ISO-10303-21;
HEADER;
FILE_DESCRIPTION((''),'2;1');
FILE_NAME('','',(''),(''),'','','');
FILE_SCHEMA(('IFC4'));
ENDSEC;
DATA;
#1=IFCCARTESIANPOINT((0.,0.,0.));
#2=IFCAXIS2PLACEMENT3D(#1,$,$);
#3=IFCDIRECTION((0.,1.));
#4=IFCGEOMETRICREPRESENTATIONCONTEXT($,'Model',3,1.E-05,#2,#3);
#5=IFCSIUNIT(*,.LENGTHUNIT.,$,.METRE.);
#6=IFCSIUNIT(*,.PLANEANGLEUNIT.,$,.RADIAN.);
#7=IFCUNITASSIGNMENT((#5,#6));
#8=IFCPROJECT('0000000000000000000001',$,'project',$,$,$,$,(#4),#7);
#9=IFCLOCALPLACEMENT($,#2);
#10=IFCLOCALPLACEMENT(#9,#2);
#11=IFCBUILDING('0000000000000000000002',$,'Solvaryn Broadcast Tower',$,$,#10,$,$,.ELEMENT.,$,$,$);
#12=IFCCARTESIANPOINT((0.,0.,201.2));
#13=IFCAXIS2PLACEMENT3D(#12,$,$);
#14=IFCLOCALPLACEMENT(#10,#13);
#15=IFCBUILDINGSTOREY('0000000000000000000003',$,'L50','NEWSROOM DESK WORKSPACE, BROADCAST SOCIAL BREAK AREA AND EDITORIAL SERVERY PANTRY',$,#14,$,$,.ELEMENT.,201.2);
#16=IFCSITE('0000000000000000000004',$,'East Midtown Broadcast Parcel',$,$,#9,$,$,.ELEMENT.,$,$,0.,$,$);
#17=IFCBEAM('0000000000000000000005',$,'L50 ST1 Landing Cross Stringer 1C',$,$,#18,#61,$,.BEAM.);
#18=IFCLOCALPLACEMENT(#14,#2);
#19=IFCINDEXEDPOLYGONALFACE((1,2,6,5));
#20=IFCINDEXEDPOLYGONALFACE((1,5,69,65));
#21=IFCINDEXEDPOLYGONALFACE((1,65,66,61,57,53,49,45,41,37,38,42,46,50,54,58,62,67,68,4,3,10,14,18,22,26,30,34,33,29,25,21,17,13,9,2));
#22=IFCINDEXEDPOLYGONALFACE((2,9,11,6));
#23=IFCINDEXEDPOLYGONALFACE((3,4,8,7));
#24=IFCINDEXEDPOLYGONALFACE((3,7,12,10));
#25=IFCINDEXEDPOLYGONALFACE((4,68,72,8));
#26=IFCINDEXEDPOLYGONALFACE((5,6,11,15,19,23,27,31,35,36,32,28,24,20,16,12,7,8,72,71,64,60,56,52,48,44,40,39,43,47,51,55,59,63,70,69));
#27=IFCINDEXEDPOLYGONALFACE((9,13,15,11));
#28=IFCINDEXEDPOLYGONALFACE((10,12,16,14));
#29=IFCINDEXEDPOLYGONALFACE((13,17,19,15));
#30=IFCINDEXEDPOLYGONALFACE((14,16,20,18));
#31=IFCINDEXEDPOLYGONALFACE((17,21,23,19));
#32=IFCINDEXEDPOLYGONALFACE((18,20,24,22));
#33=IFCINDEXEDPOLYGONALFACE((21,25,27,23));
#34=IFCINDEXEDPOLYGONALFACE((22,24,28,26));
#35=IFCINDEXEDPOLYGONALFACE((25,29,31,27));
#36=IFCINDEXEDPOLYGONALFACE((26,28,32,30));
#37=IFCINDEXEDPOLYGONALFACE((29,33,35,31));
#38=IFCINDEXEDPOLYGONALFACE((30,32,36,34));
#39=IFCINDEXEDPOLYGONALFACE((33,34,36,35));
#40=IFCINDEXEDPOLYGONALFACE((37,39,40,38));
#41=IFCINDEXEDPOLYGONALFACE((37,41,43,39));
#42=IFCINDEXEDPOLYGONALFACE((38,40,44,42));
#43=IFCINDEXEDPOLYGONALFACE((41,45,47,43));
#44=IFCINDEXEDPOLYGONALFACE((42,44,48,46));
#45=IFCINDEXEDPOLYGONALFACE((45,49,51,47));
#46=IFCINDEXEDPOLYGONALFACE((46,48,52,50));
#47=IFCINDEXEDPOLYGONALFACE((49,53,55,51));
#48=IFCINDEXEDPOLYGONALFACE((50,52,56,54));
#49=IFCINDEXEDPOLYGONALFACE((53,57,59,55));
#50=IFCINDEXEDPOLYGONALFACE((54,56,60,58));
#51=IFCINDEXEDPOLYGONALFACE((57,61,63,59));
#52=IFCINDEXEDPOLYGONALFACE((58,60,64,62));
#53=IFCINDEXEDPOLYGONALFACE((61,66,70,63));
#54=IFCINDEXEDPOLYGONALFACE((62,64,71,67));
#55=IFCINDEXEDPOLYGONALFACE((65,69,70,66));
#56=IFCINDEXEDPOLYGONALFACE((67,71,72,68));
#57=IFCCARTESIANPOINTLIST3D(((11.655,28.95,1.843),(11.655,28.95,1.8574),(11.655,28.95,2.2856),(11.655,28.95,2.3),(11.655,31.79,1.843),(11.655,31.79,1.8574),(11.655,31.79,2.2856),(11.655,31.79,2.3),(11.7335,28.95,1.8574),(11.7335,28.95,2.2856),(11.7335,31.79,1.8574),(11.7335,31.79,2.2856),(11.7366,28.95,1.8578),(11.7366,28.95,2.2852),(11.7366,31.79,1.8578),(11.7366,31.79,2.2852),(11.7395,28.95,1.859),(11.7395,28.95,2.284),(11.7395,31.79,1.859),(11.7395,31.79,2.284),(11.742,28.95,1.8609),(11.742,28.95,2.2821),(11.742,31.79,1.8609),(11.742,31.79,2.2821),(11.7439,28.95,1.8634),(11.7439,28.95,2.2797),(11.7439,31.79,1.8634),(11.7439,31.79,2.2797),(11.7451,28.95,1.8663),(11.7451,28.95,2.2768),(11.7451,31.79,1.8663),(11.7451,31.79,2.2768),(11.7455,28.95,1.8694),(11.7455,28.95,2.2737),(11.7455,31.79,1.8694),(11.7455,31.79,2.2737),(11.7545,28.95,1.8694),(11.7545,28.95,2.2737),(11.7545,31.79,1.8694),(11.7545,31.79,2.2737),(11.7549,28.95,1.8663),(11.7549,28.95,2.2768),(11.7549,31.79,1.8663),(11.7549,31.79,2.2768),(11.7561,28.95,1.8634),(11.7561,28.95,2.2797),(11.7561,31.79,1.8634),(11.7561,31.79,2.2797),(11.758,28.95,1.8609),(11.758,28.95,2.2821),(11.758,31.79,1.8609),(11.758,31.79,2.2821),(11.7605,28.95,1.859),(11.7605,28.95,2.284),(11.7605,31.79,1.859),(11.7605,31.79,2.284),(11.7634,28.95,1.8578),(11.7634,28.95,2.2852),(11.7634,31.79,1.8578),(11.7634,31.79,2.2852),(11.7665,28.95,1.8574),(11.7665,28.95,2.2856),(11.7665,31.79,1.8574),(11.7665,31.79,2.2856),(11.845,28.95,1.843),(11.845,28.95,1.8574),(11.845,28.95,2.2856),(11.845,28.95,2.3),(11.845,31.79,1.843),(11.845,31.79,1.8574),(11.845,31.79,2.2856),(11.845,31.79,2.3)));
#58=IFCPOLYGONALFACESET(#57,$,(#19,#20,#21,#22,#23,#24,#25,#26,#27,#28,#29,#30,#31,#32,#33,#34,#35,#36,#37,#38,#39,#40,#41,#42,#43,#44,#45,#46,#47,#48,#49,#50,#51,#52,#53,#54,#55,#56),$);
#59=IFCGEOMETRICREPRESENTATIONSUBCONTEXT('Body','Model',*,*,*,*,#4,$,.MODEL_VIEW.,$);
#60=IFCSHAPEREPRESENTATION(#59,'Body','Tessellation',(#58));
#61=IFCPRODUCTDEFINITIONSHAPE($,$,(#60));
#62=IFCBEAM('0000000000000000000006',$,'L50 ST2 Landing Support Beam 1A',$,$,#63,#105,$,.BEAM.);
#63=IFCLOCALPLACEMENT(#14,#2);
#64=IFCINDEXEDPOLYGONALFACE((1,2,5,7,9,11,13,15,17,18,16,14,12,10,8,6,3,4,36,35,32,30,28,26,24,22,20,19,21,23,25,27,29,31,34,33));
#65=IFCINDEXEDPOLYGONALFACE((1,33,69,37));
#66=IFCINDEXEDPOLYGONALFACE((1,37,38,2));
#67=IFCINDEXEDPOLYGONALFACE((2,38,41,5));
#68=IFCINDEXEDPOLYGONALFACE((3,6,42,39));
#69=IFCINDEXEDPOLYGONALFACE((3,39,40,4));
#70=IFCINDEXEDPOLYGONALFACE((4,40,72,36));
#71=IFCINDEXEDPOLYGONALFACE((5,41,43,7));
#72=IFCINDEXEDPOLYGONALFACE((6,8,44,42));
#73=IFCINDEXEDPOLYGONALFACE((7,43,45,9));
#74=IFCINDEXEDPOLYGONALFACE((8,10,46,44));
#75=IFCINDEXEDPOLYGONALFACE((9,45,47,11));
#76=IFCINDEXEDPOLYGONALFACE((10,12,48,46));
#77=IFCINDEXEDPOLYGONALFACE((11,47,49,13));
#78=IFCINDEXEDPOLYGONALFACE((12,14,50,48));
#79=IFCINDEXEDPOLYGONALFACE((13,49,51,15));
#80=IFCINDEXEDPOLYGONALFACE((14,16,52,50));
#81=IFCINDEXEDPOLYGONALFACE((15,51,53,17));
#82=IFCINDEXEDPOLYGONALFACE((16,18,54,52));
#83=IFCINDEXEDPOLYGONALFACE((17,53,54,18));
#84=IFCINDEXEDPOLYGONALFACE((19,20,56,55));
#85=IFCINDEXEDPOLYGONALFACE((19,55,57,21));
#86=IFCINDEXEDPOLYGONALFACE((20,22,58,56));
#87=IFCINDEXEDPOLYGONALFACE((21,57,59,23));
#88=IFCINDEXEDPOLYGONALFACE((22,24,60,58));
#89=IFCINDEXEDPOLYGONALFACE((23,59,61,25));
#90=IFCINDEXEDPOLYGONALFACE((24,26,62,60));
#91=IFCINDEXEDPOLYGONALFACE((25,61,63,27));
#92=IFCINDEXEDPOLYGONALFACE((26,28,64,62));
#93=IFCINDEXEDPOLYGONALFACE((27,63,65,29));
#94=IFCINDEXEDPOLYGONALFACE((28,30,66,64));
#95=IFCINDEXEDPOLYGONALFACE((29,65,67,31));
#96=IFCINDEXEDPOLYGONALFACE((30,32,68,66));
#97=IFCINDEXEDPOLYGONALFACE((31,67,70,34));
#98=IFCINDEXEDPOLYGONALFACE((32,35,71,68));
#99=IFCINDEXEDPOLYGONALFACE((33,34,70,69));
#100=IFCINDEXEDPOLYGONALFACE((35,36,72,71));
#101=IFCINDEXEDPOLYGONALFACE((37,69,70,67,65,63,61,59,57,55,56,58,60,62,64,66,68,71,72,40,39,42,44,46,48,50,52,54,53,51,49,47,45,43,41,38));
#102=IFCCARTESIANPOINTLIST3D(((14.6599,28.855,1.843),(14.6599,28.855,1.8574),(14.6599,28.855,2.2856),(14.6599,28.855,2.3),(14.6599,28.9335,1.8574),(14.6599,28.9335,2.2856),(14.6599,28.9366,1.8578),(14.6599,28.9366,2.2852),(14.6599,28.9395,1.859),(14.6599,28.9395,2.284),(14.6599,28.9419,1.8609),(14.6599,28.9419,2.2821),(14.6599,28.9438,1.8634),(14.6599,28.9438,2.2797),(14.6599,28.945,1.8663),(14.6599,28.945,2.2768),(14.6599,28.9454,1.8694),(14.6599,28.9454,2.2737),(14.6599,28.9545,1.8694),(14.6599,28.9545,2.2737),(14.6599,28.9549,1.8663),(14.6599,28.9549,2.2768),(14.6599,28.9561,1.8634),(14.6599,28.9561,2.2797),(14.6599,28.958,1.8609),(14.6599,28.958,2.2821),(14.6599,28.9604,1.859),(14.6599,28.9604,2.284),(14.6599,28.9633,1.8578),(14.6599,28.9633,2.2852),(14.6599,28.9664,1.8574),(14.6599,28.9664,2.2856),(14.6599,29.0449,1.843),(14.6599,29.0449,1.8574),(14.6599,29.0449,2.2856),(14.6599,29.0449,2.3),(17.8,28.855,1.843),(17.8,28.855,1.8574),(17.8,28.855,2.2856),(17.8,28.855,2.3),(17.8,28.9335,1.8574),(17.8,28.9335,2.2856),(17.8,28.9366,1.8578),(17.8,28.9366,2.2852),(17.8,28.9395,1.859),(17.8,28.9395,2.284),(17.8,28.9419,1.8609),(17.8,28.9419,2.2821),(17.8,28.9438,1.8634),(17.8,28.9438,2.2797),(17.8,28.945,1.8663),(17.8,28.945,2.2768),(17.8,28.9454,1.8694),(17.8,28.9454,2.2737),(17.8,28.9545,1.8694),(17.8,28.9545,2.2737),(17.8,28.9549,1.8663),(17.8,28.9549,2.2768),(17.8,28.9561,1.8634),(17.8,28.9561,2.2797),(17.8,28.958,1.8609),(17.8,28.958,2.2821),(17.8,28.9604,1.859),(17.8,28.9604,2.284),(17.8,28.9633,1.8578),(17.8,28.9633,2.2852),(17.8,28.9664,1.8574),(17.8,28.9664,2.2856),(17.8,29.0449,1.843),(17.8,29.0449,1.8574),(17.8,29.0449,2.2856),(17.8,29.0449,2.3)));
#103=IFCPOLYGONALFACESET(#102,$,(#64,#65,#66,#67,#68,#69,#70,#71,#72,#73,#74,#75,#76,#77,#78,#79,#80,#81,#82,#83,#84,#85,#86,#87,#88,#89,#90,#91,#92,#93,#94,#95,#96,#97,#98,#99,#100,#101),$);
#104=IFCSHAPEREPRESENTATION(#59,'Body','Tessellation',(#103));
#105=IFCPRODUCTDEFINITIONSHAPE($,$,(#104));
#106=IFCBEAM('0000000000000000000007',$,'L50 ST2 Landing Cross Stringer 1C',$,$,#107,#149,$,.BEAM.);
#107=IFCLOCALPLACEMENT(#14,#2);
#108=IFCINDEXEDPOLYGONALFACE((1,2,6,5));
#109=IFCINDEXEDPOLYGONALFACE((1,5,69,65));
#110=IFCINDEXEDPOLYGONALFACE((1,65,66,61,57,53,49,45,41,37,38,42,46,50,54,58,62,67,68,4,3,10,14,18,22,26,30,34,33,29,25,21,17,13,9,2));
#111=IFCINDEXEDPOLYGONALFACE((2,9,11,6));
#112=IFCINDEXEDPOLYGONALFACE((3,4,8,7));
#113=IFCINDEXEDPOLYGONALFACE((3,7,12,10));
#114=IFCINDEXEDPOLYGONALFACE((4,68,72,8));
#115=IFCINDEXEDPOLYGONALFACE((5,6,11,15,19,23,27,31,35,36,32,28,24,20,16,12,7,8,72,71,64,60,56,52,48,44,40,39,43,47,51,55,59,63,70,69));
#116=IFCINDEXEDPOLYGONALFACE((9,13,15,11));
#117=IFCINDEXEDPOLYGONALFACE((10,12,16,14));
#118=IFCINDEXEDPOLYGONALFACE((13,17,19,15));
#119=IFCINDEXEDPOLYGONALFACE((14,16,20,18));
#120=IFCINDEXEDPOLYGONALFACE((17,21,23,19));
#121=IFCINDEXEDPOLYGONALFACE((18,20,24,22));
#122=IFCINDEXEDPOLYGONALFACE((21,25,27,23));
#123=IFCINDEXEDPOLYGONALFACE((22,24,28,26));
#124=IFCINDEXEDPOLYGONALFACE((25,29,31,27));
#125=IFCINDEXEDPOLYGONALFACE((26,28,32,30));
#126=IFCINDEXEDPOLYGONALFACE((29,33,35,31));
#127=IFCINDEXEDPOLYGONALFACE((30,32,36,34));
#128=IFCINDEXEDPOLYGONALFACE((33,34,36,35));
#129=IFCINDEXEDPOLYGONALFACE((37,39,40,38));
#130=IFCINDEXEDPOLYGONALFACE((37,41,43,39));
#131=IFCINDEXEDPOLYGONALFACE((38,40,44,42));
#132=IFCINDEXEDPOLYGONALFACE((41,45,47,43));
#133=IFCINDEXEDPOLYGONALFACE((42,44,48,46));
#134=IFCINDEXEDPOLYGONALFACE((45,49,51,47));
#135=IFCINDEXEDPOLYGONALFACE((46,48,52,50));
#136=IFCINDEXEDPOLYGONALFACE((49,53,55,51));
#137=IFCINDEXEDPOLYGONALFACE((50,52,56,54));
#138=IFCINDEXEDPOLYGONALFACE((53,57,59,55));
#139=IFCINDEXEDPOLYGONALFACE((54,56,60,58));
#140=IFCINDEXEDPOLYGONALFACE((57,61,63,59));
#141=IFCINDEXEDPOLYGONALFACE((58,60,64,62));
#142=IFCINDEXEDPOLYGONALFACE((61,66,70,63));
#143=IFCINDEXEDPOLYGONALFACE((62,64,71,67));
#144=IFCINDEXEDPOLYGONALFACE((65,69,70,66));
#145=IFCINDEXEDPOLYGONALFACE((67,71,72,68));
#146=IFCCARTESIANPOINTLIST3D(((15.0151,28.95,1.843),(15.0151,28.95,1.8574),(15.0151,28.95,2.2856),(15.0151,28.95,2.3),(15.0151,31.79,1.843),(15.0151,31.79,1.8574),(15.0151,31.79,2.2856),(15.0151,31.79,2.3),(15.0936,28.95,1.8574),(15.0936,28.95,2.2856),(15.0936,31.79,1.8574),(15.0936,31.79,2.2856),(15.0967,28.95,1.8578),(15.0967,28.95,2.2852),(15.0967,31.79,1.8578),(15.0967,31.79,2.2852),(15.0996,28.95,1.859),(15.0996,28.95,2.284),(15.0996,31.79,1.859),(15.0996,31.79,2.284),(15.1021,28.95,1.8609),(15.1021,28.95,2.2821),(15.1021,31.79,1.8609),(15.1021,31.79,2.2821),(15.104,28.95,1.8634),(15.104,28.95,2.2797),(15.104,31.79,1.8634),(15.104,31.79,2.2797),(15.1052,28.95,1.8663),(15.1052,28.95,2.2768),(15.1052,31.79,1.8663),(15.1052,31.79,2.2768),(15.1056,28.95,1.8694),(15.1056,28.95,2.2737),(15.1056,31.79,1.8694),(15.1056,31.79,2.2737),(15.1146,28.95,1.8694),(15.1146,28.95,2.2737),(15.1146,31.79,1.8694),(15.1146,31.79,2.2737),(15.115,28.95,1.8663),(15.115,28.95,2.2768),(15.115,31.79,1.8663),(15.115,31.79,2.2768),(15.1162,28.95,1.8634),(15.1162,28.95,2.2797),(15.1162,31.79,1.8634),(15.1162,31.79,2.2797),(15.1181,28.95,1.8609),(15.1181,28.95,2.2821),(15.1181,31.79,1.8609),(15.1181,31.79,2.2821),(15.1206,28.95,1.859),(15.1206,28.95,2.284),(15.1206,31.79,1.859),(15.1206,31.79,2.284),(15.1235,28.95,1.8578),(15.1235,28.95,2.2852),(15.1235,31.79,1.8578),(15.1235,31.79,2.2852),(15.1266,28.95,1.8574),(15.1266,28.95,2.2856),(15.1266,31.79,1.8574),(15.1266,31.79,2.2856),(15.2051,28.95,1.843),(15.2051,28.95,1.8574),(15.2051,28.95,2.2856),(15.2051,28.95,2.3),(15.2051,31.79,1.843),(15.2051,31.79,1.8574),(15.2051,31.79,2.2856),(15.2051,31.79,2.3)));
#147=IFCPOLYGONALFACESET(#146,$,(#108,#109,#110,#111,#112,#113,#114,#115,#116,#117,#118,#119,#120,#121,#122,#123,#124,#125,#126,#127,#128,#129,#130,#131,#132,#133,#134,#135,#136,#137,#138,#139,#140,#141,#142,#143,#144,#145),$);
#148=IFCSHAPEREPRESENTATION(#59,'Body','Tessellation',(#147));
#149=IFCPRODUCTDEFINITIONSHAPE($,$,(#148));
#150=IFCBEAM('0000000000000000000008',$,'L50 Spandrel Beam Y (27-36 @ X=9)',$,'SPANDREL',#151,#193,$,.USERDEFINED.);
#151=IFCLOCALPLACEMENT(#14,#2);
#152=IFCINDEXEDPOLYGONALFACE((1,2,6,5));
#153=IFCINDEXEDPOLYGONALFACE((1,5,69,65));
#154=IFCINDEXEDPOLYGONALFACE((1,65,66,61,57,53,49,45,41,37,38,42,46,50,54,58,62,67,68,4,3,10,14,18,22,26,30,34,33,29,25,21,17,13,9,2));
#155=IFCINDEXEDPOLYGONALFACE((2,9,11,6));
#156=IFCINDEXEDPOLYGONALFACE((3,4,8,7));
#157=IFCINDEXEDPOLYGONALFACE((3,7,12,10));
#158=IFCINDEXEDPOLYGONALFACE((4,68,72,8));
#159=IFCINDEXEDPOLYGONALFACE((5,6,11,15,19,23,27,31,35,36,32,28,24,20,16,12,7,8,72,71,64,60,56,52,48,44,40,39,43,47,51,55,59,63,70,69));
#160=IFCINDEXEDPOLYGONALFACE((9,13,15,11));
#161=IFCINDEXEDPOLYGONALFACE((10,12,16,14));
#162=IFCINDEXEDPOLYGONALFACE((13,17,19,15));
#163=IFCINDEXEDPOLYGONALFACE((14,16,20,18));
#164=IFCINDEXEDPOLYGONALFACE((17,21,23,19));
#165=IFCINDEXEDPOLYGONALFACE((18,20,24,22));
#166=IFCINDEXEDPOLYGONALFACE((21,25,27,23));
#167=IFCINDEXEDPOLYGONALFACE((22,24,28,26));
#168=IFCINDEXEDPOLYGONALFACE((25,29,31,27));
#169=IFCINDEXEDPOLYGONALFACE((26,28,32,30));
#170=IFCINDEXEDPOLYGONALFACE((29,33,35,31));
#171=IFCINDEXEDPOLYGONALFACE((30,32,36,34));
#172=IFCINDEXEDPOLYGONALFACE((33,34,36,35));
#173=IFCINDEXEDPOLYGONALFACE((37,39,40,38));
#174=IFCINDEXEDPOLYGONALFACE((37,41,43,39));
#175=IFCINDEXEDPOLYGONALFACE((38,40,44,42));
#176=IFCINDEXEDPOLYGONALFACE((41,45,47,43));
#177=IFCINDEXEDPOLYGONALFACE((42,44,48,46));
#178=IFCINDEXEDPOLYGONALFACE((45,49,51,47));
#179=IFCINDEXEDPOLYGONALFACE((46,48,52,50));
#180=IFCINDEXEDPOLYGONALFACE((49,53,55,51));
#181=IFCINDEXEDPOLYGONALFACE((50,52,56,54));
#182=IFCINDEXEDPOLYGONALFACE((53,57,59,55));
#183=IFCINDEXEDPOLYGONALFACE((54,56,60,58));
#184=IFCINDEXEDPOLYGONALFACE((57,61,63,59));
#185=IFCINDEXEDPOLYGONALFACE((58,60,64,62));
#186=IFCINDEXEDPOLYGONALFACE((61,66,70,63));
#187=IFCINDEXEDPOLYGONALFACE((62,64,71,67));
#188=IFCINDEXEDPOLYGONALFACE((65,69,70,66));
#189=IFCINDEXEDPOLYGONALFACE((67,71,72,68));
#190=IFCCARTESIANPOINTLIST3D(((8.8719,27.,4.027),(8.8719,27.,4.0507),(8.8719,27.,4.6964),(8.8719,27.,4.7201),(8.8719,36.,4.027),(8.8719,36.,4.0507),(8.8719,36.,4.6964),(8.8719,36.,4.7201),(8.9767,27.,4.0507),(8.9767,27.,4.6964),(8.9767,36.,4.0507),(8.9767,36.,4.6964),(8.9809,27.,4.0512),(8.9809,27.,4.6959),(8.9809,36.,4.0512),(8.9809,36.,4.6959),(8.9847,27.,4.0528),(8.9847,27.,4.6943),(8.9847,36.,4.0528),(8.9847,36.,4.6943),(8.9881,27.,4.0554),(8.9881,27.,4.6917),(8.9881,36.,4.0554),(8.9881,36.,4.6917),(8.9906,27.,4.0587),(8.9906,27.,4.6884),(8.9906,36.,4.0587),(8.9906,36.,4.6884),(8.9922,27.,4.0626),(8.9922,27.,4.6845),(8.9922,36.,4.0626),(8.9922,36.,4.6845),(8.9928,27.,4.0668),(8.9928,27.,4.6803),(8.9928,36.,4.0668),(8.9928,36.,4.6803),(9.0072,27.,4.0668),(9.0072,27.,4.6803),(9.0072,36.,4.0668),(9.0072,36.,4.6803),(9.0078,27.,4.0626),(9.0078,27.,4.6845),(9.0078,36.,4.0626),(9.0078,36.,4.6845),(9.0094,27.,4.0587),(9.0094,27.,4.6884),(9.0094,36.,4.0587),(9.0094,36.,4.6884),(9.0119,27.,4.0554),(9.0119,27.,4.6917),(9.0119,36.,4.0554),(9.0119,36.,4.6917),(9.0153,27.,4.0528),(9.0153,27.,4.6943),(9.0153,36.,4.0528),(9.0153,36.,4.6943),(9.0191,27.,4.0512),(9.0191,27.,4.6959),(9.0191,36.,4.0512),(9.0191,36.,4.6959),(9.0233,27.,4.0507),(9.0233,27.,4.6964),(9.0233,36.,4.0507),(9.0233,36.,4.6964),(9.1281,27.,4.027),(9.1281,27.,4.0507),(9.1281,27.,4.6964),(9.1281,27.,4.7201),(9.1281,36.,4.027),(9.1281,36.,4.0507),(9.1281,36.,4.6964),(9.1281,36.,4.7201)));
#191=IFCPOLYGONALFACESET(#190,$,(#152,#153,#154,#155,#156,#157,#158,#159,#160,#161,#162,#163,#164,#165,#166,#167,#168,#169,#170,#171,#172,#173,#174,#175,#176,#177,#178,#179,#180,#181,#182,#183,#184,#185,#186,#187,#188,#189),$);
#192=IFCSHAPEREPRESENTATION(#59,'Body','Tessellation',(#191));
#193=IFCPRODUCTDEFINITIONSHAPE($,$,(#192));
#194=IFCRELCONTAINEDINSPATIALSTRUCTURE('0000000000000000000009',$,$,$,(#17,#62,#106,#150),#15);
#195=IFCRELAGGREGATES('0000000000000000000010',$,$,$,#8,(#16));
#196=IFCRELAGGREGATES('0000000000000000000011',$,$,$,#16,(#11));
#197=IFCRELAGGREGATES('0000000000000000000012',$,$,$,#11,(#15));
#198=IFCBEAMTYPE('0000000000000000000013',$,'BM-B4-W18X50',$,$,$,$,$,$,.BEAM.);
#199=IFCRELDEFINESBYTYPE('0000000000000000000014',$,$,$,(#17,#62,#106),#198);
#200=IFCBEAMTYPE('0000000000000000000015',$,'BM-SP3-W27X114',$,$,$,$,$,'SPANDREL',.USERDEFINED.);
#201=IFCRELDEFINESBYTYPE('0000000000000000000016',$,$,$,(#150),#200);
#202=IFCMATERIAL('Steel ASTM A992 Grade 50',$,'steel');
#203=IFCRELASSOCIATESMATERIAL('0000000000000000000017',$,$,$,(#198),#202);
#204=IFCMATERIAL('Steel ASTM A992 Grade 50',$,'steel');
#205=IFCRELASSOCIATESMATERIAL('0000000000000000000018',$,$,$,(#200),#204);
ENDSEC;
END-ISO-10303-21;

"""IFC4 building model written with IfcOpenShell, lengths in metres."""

from ifc_helpers import new_model, si_unit, direction, frame, origin, origin_2d, place, context, subcontext, project, spatial, i_section, extrude, material, material_profile, profile_set, type_object, element, save


model = new_model("IFC4")

# Units and contexts
model_context = context("Model", 3, precision=1e-05, world=origin(), true_north=direction((0.0, 1.0)))
body_context = subcontext(model_context, "Body", "Model", "MODEL_VIEW")
ifc_project = project(units=[si_unit("LENGTHUNIT", "METRE"), si_unit("PLANEANGLEUNIT", "RADIAN")], contexts=[model_context])

# Site, building, storey
site_placement = place(None, origin())
site = spatial("IfcSite", under=ifc_project, at=site_placement, Name="East Midtown Broadcast Parcel", CompositionType="ELEMENT", RefElevation=0.0)
building_placement = place(site_placement, origin())
building = spatial("IfcBuilding", under=site, at=building_placement, Name="Solvaryn Broadcast Tower", CompositionType="ELEMENT")
storey_placement = place(building_placement, frame((0.0, 0.0, 201.2)))
storey = spatial("IfcBuildingStorey", under=building, at=storey_placement, Name="L50", Description="NEWSROOM DESK WORKSPACE, BROADCAST SOCIAL BREAK AREA AND EDITORIAL SERVERY PANTRY", CompositionType="ELEMENT", Elevation=201.2)

# Beams
ifc_material_1 = material(Name="Steel ASTM A992 Grade 50", Category="steel")
ifc_material_profile_1 = material_profile(ifc_material_1, i_section(OverallWidth=0.1899, OverallDepth=0.457, WebThickness=0.009, FlangeThickness=0.0144, FilletRadius=0.012, at=origin_2d()))
ifc_profile_set_1 = profile_set([ifc_material_profile_1], Name="Steel ASTM A992 Grade 50")
beam_type_1 = type_object("IfcBeamType", Name="BM-B4-W18X50", PredefinedType="BEAM", material=ifc_profile_set_1)
beam_1_placement = place(storey_placement, frame((11.75, 28.95, 2.0715), z_axis=(0.0, 1.0, 0.0), x_axis=(-1.0, 0.0, 0.0)))
element("IfcBeam", 1, at=beam_1_placement, inside=storey, type_object=beam_type_1, Name="L50 ST1 Landing Cross Stringer 1C", PredefinedType="BEAM", context=body_context, shape_type="SweptSolid", body=[
    extrude(i_section(OverallWidth=0.1899, OverallDepth=0.457, WebThickness=0.009, FlangeThickness=0.0144, FilletRadius=0.012, at=origin_2d()), origin(), (0.0, 0.0, 1.0), 2.8401),
])
beam_2_placement = place(storey_placement, frame((14.6599, 28.95, 2.0715), z_axis=(1.0, 0.0, 0.0), x_axis=(0.0, 1.0, 0.0)))
element("IfcBeam", 2, at=beam_2_placement, inside=storey, type_object=beam_type_1, Name="L50 ST2 Landing Support Beam 1A", PredefinedType="BEAM", context=body_context, shape_type="SweptSolid", body=[
    extrude(i_section(OverallWidth=0.1899, OverallDepth=0.457, WebThickness=0.009, FlangeThickness=0.0144, FilletRadius=0.012, at=origin_2d()), origin(), (0.0, 0.0, 1.0), 3.1401),
])
beam_3_placement = place(storey_placement, frame((15.1101, 28.95, 2.0715), z_axis=(0.0, 1.0, 0.0), x_axis=(-1.0, 0.0, 0.0)))
element("IfcBeam", 3, at=beam_3_placement, inside=storey, type_object=beam_type_1, Name="L50 ST2 Landing Cross Stringer 1C", PredefinedType="BEAM", context=body_context, shape_type="SweptSolid", body=[
    extrude(i_section(OverallWidth=0.1899, OverallDepth=0.457, WebThickness=0.009, FlangeThickness=0.0144, FilletRadius=0.012, at=origin_2d()), origin(), (0.0, 0.0, 1.0), 2.8401),
])
ifc_material_2 = material(Name="Steel ASTM A992 Grade 50", Category="steel")
ifc_material_profile_2 = material_profile(ifc_material_2, i_section(OverallWidth=0.2561, OverallDepth=0.6931, WebThickness=0.0144, FlangeThickness=0.0237, FilletRadius=0.0161, at=origin_2d()))
ifc_profile_set_2 = profile_set([ifc_material_profile_2], Name="Steel ASTM A992 Grade 50")
beam_type_2 = type_object("IfcBeamType", Name="BM-SP3-W27X114", ElementType="SPANDREL", PredefinedType="USERDEFINED", material=ifc_profile_set_2)
beam_4_placement = place(storey_placement, frame((9.0, 27.0, 4.3735), z_axis=(0.0, 1.0, 0.0), x_axis=(-1.0, 0.0, 0.0)))
element("IfcBeam", 4, at=beam_4_placement, inside=storey, type_object=beam_type_2, Name="L50 Spandrel Beam Y (27-36 @ X=9)", ObjectType="SPANDREL", PredefinedType="USERDEFINED", context=body_context, shape_type="SweptSolid", body=[
    extrude(i_section(OverallWidth=0.2561, OverallDepth=0.6931, WebThickness=0.0144, FlangeThickness=0.0237, FilletRadius=0.0161, at=origin_2d()), origin(), (0.0, 0.0, 1.0), 9.0),
])

save(model, "model.ifc")
